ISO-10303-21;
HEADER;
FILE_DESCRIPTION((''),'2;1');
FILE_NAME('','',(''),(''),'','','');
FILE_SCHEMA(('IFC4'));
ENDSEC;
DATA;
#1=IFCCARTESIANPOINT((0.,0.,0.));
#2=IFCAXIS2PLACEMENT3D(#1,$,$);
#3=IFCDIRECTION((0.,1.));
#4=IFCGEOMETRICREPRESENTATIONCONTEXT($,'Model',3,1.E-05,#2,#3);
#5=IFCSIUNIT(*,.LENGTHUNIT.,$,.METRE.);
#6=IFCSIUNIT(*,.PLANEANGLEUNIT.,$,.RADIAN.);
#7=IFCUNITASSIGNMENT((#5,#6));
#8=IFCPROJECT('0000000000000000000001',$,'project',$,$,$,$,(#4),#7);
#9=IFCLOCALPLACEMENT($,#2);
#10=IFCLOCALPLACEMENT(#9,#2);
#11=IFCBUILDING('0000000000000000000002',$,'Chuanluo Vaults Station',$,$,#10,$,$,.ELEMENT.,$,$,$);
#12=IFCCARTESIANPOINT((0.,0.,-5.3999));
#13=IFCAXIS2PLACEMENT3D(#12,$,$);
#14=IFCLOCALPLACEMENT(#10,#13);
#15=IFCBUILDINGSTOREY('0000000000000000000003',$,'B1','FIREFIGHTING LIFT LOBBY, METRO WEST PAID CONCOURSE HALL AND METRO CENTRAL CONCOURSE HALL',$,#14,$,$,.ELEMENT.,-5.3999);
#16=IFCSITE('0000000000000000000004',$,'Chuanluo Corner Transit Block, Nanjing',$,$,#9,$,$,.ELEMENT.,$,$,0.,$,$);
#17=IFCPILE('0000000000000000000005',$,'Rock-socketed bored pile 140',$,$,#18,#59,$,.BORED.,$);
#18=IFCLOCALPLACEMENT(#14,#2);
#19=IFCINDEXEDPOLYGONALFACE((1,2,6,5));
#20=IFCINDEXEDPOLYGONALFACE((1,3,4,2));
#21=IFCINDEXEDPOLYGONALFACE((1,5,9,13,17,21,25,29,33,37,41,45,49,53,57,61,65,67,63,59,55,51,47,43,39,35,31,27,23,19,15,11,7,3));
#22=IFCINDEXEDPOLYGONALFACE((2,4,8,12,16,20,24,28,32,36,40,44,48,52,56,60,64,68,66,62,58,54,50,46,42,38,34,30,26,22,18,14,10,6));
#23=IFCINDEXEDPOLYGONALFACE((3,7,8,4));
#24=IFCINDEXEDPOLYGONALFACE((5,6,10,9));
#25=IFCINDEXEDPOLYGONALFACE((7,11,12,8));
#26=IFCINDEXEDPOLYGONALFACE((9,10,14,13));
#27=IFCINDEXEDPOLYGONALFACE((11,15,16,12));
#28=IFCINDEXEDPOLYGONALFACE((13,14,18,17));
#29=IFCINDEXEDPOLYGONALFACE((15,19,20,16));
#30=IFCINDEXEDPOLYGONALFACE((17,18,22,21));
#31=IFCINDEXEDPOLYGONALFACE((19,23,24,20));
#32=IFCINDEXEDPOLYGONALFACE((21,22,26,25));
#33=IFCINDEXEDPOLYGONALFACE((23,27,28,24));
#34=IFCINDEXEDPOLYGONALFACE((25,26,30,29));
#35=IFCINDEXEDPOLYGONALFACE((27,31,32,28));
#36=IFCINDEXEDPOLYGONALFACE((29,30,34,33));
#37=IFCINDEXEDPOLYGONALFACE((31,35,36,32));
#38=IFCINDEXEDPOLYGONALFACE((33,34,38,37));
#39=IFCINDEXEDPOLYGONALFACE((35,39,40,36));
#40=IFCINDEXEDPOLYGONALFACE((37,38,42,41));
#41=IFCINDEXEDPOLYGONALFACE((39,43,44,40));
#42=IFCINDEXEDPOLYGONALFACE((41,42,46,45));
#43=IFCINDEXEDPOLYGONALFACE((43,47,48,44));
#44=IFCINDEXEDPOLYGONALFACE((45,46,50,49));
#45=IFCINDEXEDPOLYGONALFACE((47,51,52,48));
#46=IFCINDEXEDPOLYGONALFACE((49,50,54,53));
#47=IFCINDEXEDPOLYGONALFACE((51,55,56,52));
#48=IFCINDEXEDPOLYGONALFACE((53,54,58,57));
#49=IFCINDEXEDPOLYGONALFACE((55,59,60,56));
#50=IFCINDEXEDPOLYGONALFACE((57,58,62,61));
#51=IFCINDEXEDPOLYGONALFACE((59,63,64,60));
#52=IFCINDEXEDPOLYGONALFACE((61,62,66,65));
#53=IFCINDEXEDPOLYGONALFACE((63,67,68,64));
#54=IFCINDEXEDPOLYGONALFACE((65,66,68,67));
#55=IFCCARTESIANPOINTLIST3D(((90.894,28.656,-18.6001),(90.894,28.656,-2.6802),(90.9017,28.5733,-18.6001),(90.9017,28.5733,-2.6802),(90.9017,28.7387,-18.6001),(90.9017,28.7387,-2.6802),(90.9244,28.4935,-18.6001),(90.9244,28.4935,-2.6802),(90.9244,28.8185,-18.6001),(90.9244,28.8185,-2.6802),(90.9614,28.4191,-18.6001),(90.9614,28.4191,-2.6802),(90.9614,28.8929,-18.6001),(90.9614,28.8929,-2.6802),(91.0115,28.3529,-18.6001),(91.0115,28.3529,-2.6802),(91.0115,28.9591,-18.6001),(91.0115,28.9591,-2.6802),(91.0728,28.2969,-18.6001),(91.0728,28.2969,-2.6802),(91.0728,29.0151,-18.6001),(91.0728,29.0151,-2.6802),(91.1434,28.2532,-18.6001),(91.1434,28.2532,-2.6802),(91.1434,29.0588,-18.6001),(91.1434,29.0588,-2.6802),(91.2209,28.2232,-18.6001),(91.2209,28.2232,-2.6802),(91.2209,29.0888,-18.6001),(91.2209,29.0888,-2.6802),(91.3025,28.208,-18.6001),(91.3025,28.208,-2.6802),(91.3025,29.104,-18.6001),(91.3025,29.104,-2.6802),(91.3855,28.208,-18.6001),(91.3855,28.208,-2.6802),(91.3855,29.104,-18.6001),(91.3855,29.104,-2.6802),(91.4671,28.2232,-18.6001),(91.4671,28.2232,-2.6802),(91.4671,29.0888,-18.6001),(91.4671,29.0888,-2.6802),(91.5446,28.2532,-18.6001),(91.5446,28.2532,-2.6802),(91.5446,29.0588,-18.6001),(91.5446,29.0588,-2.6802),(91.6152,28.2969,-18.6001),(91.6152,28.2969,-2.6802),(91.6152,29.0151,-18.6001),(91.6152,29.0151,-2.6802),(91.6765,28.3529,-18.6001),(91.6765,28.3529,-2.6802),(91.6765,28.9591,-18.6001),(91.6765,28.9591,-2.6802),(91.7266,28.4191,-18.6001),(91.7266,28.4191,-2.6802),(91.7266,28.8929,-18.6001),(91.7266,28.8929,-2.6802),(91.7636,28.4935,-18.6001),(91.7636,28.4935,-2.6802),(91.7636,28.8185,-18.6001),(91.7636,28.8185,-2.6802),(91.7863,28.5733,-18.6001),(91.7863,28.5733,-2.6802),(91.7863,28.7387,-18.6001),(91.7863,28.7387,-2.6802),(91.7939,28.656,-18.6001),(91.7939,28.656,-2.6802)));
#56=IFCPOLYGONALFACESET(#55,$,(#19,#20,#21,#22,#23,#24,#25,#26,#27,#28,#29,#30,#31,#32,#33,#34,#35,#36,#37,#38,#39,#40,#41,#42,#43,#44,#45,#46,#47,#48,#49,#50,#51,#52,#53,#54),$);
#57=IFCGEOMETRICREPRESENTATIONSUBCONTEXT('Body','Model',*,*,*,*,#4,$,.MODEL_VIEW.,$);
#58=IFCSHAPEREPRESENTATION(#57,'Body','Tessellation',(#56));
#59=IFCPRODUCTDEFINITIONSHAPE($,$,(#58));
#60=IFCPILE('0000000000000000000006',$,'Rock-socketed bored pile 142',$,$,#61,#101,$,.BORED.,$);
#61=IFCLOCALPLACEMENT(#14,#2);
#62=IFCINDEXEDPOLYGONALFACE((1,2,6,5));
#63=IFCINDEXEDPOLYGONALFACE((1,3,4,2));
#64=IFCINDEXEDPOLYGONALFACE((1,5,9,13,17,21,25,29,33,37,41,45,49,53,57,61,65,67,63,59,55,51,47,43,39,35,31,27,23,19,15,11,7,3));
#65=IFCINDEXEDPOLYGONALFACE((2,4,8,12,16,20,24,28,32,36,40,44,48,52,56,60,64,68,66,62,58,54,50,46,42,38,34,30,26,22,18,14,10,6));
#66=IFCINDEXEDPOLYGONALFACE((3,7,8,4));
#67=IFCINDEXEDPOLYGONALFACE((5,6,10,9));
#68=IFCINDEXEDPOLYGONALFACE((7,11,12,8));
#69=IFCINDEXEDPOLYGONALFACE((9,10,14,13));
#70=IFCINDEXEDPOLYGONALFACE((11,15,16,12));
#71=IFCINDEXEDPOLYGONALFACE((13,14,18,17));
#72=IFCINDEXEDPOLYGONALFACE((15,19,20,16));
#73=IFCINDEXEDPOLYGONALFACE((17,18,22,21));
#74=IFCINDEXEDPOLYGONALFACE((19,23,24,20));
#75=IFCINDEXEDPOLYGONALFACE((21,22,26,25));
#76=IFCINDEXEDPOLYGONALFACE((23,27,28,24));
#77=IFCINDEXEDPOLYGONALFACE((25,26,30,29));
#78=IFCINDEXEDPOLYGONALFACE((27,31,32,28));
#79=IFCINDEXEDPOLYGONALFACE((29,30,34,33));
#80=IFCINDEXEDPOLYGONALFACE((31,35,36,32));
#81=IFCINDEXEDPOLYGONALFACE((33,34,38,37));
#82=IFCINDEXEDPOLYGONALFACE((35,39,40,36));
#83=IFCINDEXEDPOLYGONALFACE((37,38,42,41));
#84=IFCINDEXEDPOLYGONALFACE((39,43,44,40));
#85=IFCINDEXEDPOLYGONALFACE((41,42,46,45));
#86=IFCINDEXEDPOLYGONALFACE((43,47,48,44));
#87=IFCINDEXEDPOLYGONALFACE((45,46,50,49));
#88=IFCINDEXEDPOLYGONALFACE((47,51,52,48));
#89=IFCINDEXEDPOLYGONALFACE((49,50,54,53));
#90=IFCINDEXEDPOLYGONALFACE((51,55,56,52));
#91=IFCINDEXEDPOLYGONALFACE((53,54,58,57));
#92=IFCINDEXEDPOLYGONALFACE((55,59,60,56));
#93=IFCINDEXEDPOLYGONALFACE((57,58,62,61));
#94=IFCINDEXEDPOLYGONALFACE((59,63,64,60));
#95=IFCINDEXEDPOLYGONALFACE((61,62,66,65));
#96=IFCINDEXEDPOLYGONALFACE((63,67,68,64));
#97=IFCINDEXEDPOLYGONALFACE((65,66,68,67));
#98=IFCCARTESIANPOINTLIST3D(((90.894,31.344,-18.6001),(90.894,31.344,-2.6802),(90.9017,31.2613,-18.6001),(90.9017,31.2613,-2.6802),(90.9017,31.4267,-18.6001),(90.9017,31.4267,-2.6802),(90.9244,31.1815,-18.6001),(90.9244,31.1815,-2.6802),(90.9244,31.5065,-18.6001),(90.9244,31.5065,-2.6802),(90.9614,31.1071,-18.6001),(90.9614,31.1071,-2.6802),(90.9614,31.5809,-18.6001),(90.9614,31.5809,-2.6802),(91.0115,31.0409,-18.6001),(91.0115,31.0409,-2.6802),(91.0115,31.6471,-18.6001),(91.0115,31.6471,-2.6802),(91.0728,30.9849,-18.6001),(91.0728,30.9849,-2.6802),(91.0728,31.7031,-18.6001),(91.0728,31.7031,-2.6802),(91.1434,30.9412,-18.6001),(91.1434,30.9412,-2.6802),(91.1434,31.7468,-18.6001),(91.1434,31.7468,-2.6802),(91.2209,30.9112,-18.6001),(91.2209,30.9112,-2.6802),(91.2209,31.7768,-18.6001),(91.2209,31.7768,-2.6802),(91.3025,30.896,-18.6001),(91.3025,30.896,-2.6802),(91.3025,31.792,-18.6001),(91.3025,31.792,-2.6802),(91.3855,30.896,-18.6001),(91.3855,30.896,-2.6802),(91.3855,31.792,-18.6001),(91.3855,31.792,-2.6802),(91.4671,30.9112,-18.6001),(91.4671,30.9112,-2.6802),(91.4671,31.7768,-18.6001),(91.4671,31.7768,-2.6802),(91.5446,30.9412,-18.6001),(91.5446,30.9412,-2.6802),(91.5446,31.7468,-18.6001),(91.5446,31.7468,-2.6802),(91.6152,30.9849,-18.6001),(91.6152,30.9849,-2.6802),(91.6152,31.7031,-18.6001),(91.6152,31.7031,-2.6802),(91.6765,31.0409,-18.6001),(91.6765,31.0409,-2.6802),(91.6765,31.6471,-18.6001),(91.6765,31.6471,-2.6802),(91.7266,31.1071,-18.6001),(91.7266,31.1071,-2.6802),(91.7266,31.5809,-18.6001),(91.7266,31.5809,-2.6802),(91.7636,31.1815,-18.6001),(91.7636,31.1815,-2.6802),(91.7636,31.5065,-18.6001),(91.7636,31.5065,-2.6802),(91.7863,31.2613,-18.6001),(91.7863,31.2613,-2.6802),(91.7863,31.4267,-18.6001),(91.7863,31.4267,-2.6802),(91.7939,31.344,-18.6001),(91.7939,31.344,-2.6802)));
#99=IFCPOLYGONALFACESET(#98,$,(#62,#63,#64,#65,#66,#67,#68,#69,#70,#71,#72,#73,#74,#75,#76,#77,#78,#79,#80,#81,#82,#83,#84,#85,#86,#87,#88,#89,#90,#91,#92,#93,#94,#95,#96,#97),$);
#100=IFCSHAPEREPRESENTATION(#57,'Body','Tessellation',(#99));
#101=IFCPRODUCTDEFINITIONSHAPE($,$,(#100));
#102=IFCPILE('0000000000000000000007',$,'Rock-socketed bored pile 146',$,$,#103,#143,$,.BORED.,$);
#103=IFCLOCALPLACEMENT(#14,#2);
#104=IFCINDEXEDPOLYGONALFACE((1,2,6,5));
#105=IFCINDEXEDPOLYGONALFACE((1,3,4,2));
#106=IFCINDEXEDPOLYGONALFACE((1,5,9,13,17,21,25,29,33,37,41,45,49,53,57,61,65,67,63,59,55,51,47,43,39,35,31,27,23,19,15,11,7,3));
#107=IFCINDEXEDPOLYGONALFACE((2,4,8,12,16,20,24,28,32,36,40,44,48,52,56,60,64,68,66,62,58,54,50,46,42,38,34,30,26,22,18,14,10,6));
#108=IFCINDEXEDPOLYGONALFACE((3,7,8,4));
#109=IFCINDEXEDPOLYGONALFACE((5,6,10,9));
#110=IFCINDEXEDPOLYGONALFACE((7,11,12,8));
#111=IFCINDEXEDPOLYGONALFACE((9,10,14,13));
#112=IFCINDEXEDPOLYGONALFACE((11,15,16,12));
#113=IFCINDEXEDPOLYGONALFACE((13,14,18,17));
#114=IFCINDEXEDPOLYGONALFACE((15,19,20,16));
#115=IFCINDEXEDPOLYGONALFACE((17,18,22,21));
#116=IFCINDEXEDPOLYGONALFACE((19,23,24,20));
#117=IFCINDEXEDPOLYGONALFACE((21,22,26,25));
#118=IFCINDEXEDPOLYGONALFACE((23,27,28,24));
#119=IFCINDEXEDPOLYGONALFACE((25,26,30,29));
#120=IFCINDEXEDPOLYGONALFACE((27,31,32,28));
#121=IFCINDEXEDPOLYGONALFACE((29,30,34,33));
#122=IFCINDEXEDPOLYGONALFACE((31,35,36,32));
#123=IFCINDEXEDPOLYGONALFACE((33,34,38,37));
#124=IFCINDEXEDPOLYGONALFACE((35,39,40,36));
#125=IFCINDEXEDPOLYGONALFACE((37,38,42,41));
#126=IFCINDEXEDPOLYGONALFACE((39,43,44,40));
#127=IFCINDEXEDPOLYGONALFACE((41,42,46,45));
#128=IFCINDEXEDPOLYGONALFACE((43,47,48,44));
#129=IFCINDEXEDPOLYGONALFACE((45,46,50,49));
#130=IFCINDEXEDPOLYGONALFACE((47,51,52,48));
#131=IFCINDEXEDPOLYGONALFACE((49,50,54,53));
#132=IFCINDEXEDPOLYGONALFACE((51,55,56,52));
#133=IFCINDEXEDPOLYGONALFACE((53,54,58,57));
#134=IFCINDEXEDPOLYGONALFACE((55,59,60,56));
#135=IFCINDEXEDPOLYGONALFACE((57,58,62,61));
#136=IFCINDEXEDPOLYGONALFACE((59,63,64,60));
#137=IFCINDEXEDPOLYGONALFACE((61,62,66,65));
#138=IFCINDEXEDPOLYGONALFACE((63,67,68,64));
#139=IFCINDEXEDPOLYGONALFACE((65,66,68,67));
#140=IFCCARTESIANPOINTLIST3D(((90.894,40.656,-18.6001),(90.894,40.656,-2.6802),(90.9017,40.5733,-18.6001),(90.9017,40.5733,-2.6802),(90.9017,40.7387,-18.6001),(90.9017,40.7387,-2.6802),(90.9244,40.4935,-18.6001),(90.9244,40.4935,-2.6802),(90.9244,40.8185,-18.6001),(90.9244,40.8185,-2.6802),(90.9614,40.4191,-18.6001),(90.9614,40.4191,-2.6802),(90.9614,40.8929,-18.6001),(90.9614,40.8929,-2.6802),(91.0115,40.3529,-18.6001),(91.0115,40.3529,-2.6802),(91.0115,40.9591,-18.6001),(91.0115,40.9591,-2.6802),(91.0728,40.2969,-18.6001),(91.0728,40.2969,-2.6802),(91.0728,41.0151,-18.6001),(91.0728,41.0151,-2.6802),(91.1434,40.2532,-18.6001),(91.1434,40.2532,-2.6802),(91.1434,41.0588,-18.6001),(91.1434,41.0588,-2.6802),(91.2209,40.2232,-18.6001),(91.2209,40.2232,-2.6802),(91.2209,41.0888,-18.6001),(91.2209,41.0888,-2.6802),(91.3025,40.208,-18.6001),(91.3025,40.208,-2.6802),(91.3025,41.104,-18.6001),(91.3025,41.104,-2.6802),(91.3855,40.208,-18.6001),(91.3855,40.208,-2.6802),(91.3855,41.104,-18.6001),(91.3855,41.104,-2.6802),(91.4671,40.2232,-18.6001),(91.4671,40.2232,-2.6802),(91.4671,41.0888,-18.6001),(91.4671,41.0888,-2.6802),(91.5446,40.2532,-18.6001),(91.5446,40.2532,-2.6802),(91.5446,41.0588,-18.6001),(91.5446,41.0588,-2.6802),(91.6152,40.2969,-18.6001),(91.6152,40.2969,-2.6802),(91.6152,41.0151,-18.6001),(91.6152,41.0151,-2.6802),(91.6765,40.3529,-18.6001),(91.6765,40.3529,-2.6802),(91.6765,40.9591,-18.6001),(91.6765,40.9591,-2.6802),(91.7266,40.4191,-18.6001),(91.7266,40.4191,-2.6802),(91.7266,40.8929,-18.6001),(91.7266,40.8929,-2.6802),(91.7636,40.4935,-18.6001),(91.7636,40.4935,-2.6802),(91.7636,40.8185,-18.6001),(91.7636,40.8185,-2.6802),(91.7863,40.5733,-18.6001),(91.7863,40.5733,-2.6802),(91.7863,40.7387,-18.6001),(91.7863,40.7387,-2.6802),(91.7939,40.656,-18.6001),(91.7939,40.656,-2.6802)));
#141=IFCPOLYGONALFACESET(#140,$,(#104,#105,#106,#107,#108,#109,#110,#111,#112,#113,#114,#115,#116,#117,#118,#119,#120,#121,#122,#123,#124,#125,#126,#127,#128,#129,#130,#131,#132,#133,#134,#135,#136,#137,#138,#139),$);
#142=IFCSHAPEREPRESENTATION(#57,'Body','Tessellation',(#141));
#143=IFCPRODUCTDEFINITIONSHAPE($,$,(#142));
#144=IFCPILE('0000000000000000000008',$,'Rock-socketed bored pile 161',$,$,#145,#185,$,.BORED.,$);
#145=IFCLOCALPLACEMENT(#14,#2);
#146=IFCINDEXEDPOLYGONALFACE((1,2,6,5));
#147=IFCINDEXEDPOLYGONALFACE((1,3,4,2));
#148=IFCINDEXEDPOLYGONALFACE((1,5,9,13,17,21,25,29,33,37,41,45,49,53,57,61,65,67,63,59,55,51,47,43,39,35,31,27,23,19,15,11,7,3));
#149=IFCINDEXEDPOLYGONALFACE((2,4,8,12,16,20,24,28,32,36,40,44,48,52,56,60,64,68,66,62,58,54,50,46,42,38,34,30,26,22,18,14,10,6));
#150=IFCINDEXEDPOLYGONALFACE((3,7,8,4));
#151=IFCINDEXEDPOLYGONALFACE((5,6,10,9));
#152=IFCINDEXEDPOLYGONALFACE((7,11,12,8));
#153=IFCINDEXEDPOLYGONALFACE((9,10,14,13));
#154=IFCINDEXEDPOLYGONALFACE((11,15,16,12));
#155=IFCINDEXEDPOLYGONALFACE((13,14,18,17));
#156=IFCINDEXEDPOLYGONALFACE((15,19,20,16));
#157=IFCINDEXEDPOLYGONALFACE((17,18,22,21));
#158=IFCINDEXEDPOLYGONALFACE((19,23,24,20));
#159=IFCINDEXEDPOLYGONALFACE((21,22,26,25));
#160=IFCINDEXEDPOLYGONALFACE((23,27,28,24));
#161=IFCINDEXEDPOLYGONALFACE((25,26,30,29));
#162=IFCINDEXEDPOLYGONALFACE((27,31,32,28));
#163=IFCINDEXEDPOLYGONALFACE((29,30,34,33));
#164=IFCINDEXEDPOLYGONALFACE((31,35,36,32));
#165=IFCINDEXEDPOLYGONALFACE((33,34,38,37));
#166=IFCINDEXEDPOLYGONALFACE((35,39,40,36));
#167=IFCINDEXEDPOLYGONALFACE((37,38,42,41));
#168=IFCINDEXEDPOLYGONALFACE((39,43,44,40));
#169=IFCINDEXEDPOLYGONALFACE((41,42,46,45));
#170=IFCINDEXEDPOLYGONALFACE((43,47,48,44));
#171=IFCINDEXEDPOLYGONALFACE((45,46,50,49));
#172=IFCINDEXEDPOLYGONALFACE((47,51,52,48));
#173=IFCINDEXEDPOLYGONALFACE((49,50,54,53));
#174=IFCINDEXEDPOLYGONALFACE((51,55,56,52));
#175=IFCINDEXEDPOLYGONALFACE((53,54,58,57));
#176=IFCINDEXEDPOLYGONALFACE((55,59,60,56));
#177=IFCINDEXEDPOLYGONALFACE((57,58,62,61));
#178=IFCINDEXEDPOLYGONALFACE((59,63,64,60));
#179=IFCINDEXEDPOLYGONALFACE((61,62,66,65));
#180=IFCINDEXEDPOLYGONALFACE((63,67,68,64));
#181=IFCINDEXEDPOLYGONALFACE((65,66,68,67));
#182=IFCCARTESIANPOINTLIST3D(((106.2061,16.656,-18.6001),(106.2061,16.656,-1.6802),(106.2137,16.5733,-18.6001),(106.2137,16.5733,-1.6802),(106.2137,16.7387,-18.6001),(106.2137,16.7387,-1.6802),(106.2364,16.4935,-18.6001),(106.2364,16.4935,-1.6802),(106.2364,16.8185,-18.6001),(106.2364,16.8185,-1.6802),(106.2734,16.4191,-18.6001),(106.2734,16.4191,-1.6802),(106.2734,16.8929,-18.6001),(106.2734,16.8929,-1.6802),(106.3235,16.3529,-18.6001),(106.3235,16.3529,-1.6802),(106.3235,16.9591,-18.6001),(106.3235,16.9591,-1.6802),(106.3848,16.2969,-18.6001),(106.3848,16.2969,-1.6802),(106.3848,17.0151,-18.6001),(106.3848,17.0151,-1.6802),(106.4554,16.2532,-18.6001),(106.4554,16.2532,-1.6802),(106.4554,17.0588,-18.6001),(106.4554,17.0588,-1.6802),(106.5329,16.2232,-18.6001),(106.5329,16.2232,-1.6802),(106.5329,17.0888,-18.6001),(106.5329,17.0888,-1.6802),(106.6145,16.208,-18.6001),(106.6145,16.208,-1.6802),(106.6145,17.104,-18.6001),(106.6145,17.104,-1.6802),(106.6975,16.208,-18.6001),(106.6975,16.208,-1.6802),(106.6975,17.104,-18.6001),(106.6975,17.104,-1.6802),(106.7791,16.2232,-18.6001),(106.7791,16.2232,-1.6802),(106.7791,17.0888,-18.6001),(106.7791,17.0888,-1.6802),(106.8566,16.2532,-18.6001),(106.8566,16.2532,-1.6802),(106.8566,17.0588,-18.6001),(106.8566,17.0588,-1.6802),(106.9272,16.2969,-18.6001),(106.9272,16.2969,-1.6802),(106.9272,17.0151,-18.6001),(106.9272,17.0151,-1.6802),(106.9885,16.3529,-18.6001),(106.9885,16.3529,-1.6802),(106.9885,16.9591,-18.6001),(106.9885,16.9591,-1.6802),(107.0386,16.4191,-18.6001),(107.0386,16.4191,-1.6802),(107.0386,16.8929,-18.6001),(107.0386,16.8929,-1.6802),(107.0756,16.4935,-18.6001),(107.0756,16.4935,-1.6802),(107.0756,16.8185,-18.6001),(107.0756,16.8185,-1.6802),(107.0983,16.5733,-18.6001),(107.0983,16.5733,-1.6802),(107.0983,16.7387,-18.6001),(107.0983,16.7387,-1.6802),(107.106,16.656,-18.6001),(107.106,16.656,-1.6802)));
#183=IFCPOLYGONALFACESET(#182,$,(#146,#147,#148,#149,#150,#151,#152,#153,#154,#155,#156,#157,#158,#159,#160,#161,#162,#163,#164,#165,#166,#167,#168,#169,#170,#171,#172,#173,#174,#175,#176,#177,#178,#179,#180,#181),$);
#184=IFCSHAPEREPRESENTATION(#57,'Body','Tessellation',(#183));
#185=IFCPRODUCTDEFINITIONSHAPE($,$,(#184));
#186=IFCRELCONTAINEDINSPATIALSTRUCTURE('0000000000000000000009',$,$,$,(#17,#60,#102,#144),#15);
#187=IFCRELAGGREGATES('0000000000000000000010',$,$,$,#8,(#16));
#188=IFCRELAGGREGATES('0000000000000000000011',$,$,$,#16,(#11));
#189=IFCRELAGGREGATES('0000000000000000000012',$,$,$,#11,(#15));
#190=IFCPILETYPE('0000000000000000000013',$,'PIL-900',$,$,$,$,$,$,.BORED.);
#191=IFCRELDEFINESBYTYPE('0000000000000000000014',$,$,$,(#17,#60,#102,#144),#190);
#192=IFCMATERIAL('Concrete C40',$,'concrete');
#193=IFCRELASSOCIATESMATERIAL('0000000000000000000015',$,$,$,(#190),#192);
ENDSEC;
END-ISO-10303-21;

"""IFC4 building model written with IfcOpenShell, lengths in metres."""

from ifc_helpers import new_model, si_unit, direction, frame, origin, origin_2d, place, context, subcontext, project, spatial, circle, extrude, material, material_profile, profile_set, type_object, element, save


model = new_model("IFC4")

# Units and contexts
model_context = context("Model", 3, precision=1e-05, world=origin(), true_north=direction((0.0, 1.0)))
body_context = subcontext(model_context, "Body", "Model", "MODEL_VIEW")
ifc_project = project(units=[si_unit("LENGTHUNIT", "METRE"), si_unit("PLANEANGLEUNIT", "RADIAN")], contexts=[model_context])

# Site, building, storey
site_placement = place(None, origin())
site = spatial("IfcSite", under=ifc_project, at=site_placement, Name="Chuanluo Corner Transit Block, Nanjing", CompositionType="ELEMENT", RefElevation=0.0)
building_placement = place(site_placement, origin())
building = spatial("IfcBuilding", under=site, at=building_placement, Name="Chuanluo Vaults Station", CompositionType="ELEMENT")
storey_placement = place(building_placement, frame((0.0, 0.0, -5.3999)))
storey = spatial("IfcBuildingStorey", under=building, at=storey_placement, Name="B1", Description="FIREFIGHTING LIFT LOBBY, METRO WEST PAID CONCOURSE HALL AND METRO CENTRAL CONCOURSE HALL", CompositionType="ELEMENT", Elevation=-5.3999)

# Piles
ifc_material_1 = material(Name="Concrete C40", Category="concrete")
ifc_material_profile_1 = material_profile(ifc_material_1, circle(Radius=0.45, at=origin_2d()))
ifc_profile_set_1 = profile_set([ifc_material_profile_1], Name="Concrete C40")
pile_type_1 = type_object("IfcPileType", Name="PIL-900", PredefinedType="BORED", material=ifc_profile_set_1)
for number, where, z_axis, x_axis, name in (
    (1, (91.344, 28.656, -2.6802), (0.0, 0.0, -1.0), (1.0, 0.0, 0.0), "Rock-socketed bored pile 140"),
    (2, (91.344, 31.344, -2.6802), (0.0, 0.0, -1.0), (1.0, 0.0, 0.0), "Rock-socketed bored pile 142"),
    (3, (91.344, 40.656, -2.6802), (0.0, 0.0, -1.0), (1.0, 0.0, 0.0), "Rock-socketed bored pile 146"),
):
    element("IfcPile", number, at=place(storey_placement, frame(where, z_axis=z_axis, x_axis=x_axis)), inside=storey, type_object=pile_type_1, Name=name, PredefinedType="BORED", context=body_context, shape_type="SweptSolid", body=[
        extrude(circle(Radius=0.45, at=origin_2d()), origin(), (0.0, 0.0, 1.0), 15.9199),
    ])
for number, where, z_axis, x_axis, name in (
    (4, (106.656, 16.656, -1.6802), (0.0, 0.0, -1.0), (1.0, 0.0, 0.0), "Rock-socketed bored pile 161"),
):
    element("IfcPile", number, at=place(storey_placement, frame(where, z_axis=z_axis, x_axis=x_axis)), inside=storey, type_object=pile_type_1, Name=name, PredefinedType="BORED", context=body_context, shape_type="SweptSolid", body=[
        extrude(circle(Radius=0.45, at=origin_2d()), origin(), (0.0, 0.0, 1.0), 16.9199),
    ])

save(model, "model.ifc")
